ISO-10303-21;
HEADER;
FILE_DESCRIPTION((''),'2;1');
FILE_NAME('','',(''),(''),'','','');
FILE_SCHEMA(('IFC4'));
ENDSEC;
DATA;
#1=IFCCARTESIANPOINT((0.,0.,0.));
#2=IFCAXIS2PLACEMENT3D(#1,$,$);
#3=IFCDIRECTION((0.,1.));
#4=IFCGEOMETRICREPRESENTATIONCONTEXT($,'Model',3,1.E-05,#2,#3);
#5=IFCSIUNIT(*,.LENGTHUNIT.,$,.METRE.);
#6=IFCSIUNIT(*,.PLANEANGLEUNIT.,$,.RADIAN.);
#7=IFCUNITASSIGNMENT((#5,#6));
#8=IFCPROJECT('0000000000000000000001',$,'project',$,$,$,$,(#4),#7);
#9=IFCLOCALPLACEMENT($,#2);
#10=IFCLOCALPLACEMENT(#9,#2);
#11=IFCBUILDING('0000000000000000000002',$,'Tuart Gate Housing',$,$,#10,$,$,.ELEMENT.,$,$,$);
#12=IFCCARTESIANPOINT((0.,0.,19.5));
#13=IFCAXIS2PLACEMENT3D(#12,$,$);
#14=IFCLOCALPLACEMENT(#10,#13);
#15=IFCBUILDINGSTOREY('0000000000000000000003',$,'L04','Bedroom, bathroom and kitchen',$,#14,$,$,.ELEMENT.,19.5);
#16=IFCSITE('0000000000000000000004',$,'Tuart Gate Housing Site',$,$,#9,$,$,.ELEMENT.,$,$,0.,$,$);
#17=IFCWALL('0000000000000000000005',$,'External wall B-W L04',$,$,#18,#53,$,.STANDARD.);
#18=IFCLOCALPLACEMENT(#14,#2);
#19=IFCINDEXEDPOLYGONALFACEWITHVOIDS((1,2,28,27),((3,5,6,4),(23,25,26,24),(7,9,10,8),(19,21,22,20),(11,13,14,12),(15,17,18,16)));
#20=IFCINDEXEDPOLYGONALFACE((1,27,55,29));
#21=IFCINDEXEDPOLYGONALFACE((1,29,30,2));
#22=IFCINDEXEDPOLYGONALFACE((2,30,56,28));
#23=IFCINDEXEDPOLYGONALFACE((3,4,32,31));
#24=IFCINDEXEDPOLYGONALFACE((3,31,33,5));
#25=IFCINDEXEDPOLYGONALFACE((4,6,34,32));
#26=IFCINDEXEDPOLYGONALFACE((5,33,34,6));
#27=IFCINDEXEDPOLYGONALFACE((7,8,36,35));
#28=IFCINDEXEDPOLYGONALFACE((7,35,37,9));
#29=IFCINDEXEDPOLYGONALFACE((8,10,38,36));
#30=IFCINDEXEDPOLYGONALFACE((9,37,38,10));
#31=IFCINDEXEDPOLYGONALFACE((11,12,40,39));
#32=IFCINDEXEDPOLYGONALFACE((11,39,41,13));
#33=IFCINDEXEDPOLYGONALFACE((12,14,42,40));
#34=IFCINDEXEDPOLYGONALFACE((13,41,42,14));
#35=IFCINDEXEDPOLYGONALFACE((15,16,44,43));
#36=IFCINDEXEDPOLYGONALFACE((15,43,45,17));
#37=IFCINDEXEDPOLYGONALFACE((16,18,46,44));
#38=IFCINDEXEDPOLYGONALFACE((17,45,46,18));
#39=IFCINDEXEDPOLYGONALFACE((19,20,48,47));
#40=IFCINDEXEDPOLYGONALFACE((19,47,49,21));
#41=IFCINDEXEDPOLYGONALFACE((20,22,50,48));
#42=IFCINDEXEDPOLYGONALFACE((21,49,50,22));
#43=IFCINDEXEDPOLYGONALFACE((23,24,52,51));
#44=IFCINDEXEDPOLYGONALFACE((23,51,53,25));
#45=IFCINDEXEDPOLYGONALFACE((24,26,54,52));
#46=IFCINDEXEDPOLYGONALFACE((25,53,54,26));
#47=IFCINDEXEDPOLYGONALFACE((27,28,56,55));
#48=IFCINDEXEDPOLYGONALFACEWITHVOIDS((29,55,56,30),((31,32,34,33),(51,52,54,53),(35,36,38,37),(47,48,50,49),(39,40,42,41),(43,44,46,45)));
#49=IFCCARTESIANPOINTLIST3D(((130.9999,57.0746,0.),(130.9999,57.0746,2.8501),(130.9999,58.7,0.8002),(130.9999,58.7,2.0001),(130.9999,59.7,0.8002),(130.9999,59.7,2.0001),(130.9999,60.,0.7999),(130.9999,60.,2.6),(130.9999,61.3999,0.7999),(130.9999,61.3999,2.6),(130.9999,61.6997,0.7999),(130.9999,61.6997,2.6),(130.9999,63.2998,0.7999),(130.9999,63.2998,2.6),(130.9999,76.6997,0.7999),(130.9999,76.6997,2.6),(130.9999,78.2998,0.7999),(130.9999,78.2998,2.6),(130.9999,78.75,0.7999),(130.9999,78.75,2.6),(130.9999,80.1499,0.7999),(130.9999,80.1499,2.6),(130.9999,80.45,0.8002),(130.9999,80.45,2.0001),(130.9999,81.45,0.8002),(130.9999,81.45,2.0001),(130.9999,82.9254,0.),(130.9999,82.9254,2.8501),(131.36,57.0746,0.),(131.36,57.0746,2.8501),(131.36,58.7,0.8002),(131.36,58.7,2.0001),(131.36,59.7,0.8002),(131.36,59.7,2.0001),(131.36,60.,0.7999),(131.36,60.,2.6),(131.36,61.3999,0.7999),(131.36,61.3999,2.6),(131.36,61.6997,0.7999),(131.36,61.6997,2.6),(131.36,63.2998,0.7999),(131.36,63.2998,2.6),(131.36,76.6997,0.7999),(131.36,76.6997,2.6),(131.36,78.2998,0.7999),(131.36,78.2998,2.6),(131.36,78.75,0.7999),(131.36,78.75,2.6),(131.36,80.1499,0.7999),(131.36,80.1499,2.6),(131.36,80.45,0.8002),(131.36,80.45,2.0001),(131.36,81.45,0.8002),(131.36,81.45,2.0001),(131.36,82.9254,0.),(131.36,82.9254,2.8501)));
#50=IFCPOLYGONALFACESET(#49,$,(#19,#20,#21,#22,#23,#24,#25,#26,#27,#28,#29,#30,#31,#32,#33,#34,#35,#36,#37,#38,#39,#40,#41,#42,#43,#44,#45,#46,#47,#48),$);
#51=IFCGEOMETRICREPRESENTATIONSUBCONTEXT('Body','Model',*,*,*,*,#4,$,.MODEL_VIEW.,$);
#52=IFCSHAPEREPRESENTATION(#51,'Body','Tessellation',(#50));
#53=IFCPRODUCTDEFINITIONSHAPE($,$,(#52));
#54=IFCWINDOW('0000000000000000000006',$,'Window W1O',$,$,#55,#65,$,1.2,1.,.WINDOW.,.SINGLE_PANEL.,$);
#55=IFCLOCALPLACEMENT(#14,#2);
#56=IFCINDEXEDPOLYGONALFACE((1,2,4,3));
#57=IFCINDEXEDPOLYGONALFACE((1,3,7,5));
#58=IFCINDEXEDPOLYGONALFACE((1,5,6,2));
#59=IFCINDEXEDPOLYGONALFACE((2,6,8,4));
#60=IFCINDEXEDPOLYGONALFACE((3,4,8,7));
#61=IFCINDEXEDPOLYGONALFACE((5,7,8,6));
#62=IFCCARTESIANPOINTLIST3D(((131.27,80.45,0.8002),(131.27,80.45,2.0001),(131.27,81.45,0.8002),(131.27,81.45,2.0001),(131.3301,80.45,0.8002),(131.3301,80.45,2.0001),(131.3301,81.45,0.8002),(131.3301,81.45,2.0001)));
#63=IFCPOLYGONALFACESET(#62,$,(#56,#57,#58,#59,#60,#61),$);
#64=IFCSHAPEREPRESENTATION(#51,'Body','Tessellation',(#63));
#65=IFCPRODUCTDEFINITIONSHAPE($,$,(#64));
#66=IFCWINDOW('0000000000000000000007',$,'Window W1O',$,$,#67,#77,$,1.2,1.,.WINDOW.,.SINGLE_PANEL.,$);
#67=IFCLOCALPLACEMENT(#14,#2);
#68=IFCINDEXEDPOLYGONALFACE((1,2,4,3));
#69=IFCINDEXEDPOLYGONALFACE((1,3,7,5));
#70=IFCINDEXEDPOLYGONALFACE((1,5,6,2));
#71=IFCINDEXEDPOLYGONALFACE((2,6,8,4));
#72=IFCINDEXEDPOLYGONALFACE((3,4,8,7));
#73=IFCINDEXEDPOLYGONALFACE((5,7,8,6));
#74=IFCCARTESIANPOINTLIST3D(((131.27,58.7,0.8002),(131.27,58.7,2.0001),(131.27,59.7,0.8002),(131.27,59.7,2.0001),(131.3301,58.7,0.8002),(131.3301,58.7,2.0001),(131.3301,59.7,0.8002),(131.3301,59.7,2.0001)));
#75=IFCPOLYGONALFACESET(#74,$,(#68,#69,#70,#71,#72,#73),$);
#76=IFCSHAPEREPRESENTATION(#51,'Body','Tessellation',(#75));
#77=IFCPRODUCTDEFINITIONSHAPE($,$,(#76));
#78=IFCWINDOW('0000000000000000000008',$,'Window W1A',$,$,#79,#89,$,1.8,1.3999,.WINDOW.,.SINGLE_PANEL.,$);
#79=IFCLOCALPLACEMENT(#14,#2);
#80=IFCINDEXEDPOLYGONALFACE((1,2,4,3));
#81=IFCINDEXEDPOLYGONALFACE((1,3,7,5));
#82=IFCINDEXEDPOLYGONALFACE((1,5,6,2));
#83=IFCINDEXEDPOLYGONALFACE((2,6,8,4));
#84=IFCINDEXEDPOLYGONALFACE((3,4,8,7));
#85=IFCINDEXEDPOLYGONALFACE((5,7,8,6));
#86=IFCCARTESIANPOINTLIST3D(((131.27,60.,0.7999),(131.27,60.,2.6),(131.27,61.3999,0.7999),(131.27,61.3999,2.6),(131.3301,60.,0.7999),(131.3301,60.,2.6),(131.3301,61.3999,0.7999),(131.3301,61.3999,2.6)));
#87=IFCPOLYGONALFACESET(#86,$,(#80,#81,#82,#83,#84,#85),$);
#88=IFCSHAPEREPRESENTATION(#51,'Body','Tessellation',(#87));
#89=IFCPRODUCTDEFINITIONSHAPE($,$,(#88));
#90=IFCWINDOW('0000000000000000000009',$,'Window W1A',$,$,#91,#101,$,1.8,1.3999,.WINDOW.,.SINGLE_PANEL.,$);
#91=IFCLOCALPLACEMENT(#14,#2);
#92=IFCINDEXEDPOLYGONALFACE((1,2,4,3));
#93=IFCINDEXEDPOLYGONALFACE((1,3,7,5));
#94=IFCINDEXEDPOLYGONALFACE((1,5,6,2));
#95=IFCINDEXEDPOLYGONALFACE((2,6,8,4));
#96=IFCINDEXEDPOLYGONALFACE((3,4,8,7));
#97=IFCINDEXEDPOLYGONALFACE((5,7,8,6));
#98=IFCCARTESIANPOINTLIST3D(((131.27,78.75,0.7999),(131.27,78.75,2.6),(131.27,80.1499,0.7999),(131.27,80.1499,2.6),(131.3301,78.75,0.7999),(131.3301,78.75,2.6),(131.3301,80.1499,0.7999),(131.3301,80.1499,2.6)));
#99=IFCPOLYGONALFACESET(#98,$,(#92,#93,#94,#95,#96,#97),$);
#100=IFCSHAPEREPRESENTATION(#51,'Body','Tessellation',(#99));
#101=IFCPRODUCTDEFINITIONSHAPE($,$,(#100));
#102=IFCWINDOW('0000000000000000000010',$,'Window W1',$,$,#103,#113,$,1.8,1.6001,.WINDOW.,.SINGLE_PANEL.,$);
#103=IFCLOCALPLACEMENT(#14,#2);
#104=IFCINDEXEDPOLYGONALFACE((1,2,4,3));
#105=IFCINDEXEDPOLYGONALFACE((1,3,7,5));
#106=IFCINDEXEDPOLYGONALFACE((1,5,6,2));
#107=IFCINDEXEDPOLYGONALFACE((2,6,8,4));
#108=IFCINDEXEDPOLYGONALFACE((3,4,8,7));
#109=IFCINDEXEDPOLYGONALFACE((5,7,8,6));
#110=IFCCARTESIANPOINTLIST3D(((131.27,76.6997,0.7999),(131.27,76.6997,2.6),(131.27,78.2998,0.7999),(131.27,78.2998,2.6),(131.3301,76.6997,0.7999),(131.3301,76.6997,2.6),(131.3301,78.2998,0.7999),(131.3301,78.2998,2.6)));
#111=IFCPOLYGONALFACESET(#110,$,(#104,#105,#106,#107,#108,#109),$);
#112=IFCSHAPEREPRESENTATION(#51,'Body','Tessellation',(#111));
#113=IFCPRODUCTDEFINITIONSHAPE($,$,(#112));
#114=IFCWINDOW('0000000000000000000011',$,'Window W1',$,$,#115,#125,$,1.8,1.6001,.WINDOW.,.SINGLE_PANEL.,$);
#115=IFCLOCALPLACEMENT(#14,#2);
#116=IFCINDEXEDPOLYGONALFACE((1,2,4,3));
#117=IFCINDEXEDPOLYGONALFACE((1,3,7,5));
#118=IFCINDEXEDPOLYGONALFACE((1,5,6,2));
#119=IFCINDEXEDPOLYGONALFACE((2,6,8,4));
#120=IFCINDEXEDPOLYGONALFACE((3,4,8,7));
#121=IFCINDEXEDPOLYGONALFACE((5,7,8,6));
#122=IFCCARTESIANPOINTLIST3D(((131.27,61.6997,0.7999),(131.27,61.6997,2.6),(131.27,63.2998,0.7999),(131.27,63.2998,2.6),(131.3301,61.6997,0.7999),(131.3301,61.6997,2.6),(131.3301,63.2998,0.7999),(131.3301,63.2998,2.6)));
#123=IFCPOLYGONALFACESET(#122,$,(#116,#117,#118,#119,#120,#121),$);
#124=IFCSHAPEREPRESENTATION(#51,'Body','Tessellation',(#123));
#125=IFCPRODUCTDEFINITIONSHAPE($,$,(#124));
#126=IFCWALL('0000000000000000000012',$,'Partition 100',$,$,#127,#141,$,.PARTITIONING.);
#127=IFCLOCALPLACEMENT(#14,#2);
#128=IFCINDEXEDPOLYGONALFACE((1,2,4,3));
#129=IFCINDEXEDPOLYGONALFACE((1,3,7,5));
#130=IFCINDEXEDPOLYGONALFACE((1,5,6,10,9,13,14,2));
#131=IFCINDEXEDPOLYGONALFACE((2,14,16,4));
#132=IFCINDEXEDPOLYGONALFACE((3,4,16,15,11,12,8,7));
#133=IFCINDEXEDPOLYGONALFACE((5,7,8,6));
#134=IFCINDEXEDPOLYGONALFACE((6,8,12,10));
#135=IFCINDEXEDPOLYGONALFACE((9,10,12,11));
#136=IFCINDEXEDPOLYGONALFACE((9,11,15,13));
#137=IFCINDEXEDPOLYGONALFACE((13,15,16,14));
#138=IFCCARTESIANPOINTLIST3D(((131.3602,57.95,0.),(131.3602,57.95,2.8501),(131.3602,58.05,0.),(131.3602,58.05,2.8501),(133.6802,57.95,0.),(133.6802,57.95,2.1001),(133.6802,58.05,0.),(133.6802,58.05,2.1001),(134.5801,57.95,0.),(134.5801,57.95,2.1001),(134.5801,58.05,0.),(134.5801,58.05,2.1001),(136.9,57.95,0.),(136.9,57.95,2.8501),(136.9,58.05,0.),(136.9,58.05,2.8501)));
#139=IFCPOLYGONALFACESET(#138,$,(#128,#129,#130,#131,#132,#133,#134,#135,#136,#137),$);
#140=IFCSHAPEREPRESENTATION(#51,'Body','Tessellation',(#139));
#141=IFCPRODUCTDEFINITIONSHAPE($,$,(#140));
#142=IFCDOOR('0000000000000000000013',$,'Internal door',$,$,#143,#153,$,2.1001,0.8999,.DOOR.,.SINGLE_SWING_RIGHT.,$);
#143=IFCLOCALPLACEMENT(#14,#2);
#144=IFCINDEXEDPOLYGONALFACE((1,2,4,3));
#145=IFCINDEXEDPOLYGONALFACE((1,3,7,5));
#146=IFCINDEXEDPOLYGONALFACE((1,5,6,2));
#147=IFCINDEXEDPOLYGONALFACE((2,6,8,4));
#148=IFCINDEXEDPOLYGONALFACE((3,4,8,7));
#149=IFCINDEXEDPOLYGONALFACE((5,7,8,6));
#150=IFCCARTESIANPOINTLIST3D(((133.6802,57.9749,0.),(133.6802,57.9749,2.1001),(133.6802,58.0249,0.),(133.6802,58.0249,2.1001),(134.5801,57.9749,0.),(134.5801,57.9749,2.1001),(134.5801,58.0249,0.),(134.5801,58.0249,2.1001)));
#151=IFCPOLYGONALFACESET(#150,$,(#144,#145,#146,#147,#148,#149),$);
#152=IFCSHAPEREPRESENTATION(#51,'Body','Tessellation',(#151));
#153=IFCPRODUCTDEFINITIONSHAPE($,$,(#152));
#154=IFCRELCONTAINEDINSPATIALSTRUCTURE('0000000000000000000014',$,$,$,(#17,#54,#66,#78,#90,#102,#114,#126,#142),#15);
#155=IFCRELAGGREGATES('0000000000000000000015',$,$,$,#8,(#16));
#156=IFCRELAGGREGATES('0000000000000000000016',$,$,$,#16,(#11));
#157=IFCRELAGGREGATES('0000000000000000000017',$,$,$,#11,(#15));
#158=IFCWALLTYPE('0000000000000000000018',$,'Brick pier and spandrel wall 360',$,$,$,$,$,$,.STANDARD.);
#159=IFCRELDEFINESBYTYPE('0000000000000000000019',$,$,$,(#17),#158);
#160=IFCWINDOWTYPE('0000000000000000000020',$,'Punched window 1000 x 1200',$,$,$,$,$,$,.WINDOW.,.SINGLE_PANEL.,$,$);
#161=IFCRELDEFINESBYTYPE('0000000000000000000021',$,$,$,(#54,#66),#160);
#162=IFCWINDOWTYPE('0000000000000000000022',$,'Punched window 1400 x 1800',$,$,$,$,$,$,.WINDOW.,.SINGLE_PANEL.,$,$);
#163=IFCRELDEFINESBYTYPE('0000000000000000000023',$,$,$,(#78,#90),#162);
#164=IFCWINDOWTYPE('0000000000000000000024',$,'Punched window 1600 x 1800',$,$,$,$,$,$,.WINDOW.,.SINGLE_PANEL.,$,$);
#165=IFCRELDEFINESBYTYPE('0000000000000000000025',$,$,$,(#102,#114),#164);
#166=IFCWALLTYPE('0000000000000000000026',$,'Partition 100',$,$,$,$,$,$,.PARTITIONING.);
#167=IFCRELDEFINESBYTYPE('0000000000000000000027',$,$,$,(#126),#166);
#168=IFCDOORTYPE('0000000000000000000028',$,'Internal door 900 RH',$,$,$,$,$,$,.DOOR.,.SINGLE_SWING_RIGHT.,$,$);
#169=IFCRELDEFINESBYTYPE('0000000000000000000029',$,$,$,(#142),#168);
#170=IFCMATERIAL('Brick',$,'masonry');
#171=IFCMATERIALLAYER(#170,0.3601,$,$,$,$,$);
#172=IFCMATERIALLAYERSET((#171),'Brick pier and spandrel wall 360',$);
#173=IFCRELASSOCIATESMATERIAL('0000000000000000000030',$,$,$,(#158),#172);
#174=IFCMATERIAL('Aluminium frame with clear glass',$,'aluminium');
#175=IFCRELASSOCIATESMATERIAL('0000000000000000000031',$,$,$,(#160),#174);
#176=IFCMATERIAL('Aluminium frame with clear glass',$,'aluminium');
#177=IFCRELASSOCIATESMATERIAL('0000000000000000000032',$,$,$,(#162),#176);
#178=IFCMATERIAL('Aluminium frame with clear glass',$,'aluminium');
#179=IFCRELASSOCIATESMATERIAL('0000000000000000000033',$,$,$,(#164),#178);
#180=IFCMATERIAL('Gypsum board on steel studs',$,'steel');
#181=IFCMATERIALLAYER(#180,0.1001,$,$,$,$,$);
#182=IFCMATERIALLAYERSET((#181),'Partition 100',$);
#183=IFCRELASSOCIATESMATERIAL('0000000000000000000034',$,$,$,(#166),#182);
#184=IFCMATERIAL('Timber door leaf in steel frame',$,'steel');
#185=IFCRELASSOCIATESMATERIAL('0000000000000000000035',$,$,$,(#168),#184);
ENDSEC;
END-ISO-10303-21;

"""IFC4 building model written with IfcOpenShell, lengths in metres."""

from ifc_helpers import new_model, si_unit, direction, frame, frame_2d, origin, place, context, subcontext, project, spatial, rectangle, extrude, material, layer, layer_set, type_object, element, fill, save


model = new_model("IFC4")

# Units and contexts
model_context = context("Model", 3, precision=1e-05, world=origin(), true_north=direction((0.0, 1.0)))
body_context = subcontext(model_context, "Body", "Model", "MODEL_VIEW")
ifc_project = project(units=[si_unit("LENGTHUNIT", "METRE"), si_unit("PLANEANGLEUNIT", "RADIAN")], contexts=[model_context])

# Site, building, storey
site_placement = place(None, origin())
site = spatial("IfcSite", under=ifc_project, at=site_placement, Name="Tuart Gate Housing Site", CompositionType="ELEMENT", RefElevation=0.0)
building_placement = place(site_placement, origin())
building = spatial("IfcBuilding", under=site, at=building_placement, Name="Tuart Gate Housing", CompositionType="ELEMENT")
storey_placement = place(building_placement, frame((0.0, 0.0, 19.5)))
storey = spatial("IfcBuildingStorey", under=building, at=storey_placement, Name="L04", Description="Bedroom, bathroom and kitchen", CompositionType="ELEMENT", Elevation=19.5)

# Shared definitions
ifc_material_1 = material(Name="Brick", Category="masonry")
ifc_layer_1 = layer(ifc_material_1, 0.3601)
ifc_layer_set_1 = layer_set([ifc_layer_1], Name="Brick pier and spandrel wall 360")
wall_type_1 = type_object("IfcWallType", Name="Brick pier and spandrel wall 360", PredefinedType="STANDARD", material=ifc_layer_set_1)
ifc_material_2 = material(Name="Aluminium frame with clear glass", Category="aluminium")
window_type_1 = type_object("IfcWindowType", Name="Punched window 1000 x 1200", PartitioningType="SINGLE_PANEL", PredefinedType="WINDOW", material=ifc_material_2)
ifc_material_3 = material(Name="Aluminium frame with clear glass", Category="aluminium")
window_type_2 = type_object("IfcWindowType", Name="Punched window 1400 x 1800", PartitioningType="SINGLE_PANEL", PredefinedType="WINDOW", material=ifc_material_3)
ifc_material_4 = material(Name="Aluminium frame with clear glass", Category="aluminium")
window_type_3 = type_object("IfcWindowType", Name="Punched window 1600 x 1800", PartitioningType="SINGLE_PANEL", PredefinedType="WINDOW", material=ifc_material_4)

# Wall, openings, windows
wall_1_placement = place(storey_placement, frame((131.1799, 82.9253, 0.0), z_axis=(0.0, 0.0, 1.0), x_axis=(0.0, -1.0, 0.0)))
wall_1 = element("IfcWall", 1, at=wall_1_placement, inside=storey, type_object=wall_type_1, Name="External wall B-W L04", PredefinedType="STANDARD", context=body_context, shape_type="SweptSolid", body=[
    extrude(rectangle(XDim=25.8508, YDim=0.3601, at=frame_2d((12.9253, 0.0))), origin(), (0.0, 0.0, 1.0), 2.8501),
])
opening_1_placement = place(wall_1_placement, frame((1.4753, 0.0, 0.8)))
opening_1 = element("IfcOpeningElement", 2, at=opening_1_placement, cuts=wall_1, PredefinedType="OPENING", context=body_context, shape_type="SweptSolid", body=[
    extrude(rectangle(XDim=1.0, YDim=1.2, at=frame_2d((0.5, 0.6001))), frame((0.0, 0.1899, 0.0), z_axis=(0.0, -1.0, 0.0), x_axis=(1.0, 0.0, 0.0)), (0.0, 0.0, 1.0), 0.3801),
])
opening_2_placement = place(wall_1_placement, frame((4.6255, 0.0, 0.8)))
opening_2 = element("IfcOpeningElement", 3, at=opening_2_placement, cuts=wall_1, PredefinedType="OPENING", context=body_context, shape_type="SweptSolid", body=[
    extrude(rectangle(XDim=1.6001, YDim=1.8, at=frame_2d((0.8, 0.8999))), frame((0.0, 0.1899, 0.0), z_axis=(0.0, -1.0, 0.0), x_axis=(1.0, 0.0, 0.0)), (0.0, 0.0, 1.0), 0.3801),
])
opening_3_placement = place(wall_1_placement, frame((19.6255, 0.0, 0.8)))
opening_3 = element("IfcOpeningElement", 4, at=opening_3_placement, cuts=wall_1, PredefinedType="OPENING", context=body_context, shape_type="SweptSolid", body=[
    extrude(rectangle(XDim=1.6001, YDim=1.8, at=frame_2d((0.8, 0.8999))), frame((0.0, 0.1899, 0.0), z_axis=(0.0, -1.0, 0.0), x_axis=(1.0, 0.0, 0.0)), (0.0, 0.0, 1.0), 0.3801),
])
opening_4_placement = place(wall_1_placement, frame((21.5254, 0.0, 0.8)))
opening_4 = element("IfcOpeningElement", 5, at=opening_4_placement, cuts=wall_1, PredefinedType="OPENING", context=body_context, shape_type="SweptSolid", body=[
    extrude(rectangle(XDim=1.3999, YDim=1.8, at=frame_2d((0.7, 0.8999))), frame((0.0, 0.1899, 0.0), z_axis=(0.0, -1.0, 0.0), x_axis=(1.0, 0.0, 0.0)), (0.0, 0.0, 1.0), 0.3801),
])
opening_5_placement = place(wall_1_placement, frame((2.7754, 0.0, 0.8)))
opening_5 = element("IfcOpeningElement", 6, at=opening_5_placement, cuts=wall_1, PredefinedType="OPENING", context=body_context, shape_type="SweptSolid", body=[
    extrude(rectangle(XDim=1.3999, YDim=1.8, at=frame_2d((0.7, 0.8999))), frame((0.0, 0.1899, 0.0), z_axis=(0.0, -1.0, 0.0), x_axis=(1.0, 0.0, 0.0)), (0.0, 0.0, 1.0), 0.3801),
])
opening_6_placement = place(wall_1_placement, frame((23.2253, 0.0, 0.8)))
opening_6 = element("IfcOpeningElement", 7, at=opening_6_placement, cuts=wall_1, PredefinedType="OPENING", context=body_context, shape_type="SweptSolid", body=[
    extrude(rectangle(XDim=1.0, YDim=1.2, at=frame_2d((0.5, 0.6001))), frame((0.0, 0.1899, 0.0), z_axis=(0.0, -1.0, 0.0), x_axis=(1.0, 0.0, 0.0)), (0.0, 0.0, 1.0), 0.3801),
])
window_1_placement = place(opening_1_placement, origin())
window_1 = element("IfcWindow", 8, at=window_1_placement, inside=storey, type_object=window_type_1, Name="Window W1O", OverallHeight=1.2, OverallWidth=1.0, PartitioningType="SINGLE_PANEL", PredefinedType="WINDOW", context=body_context, shape_type="SweptSolid", body=[
    extrude(rectangle(XDim=1.0, YDim=1.2, at=frame_2d((0.5, 0.6001))), frame((0.0, 0.1501, 0.0), z_axis=(0.0, -1.0, 0.0), x_axis=(1.0, 0.0, 0.0)), (0.0, 0.0, 1.0), 0.0601),
])
fill(opening_1, window_1)
window_2_placement = place(opening_6_placement, origin())
window_2 = element("IfcWindow", 9, at=window_2_placement, inside=storey, type_object=window_type_1, Name="Window W1O", OverallHeight=1.2, OverallWidth=1.0, PartitioningType="SINGLE_PANEL", PredefinedType="WINDOW", context=body_context, shape_type="SweptSolid", body=[
    extrude(rectangle(XDim=1.0, YDim=1.2, at=frame_2d((0.5, 0.6001))), frame((0.0, 0.1501, 0.0), z_axis=(0.0, -1.0, 0.0), x_axis=(1.0, 0.0, 0.0)), (0.0, 0.0, 1.0), 0.0601),
])
fill(opening_6, window_2)
window_3_placement = place(opening_4_placement, origin())
window_3 = element("IfcWindow", 10, at=window_3_placement, inside=storey, type_object=window_type_2, Name="Window W1A", OverallHeight=1.8, OverallWidth=1.3999, PartitioningType="SINGLE_PANEL", PredefinedType="WINDOW", context=body_context, shape_type="SweptSolid", body=[
    extrude(rectangle(XDim=1.3999, YDim=1.8, at=frame_2d((0.7, 0.8999))), frame((0.0, 0.1501, 0.0), z_axis=(0.0, -1.0, 0.0), x_axis=(1.0, 0.0, 0.0)), (0.0, 0.0, 1.0), 0.0601),
])
fill(opening_4, window_3)
window_4_placement = place(opening_5_placement, origin())
window_4 = element("IfcWindow", 11, at=window_4_placement, inside=storey, type_object=window_type_2, Name="Window W1A", OverallHeight=1.8, OverallWidth=1.3999, PartitioningType="SINGLE_PANEL", PredefinedType="WINDOW", context=body_context, shape_type="SweptSolid", body=[
    extrude(rectangle(XDim=1.3999, YDim=1.8, at=frame_2d((0.7, 0.8999))), frame((0.0, 0.1501, 0.0), z_axis=(0.0, -1.0, 0.0), x_axis=(1.0, 0.0, 0.0)), (0.0, 0.0, 1.0), 0.0601),
])
fill(opening_5, window_4)
window_5_placement = place(opening_2_placement, origin())
window_5 = element("IfcWindow", 12, at=window_5_placement, inside=storey, type_object=window_type_3, Name="Window W1", OverallHeight=1.8, OverallWidth=1.6001, PartitioningType="SINGLE_PANEL", PredefinedType="WINDOW", context=body_context, shape_type="SweptSolid", body=[
    extrude(rectangle(XDim=1.6001, YDim=1.8, at=frame_2d((0.8, 0.8999))), frame((0.0, 0.1501, 0.0), z_axis=(0.0, -1.0, 0.0), x_axis=(1.0, 0.0, 0.0)), (0.0, 0.0, 1.0), 0.0601),
])
fill(opening_2, window_5)
window_6_placement = place(opening_3_placement, origin())
window_6 = element("IfcWindow", 13, at=window_6_placement, inside=storey, type_object=window_type_3, Name="Window W1", OverallHeight=1.8, OverallWidth=1.6001, PartitioningType="SINGLE_PANEL", PredefinedType="WINDOW", context=body_context, shape_type="SweptSolid", body=[
    extrude(rectangle(XDim=1.6001, YDim=1.8, at=frame_2d((0.8, 0.8999))), frame((0.0, 0.1501, 0.0), z_axis=(0.0, -1.0, 0.0), x_axis=(1.0, 0.0, 0.0)), (0.0, 0.0, 1.0), 0.0601),
])
fill(opening_3, window_6)

# Wall, opening, door
ifc_material_5 = material(Name="Gypsum board on steel studs", Category="steel")
ifc_layer_2 = layer(ifc_material_5, 0.1001)
ifc_layer_set_2 = layer_set([ifc_layer_2], Name="Partition 100")
wall_type_2 = type_object("IfcWallType", Name="Partition 100", PredefinedType="PARTITIONING", material=ifc_layer_set_2)
wall_2_placement = place(storey_placement, frame((131.3601, 58.0, 0.0), z_axis=(0.0, 0.0, 1.0), x_axis=(1.0, 0.0, 0.0)))
wall_2 = element("IfcWall", 14, at=wall_2_placement, inside=storey, type_object=wall_type_2, Name="Partition 100", PredefinedType="PARTITIONING", context=body_context, shape_type="SweptSolid", body=[
    extrude(rectangle(XDim=5.5398, YDim=0.1001, at=frame_2d((2.77, 0.0))), origin(), (0.0, 0.0, 1.0), 2.8501),
])
opening_7_placement = place(wall_2_placement, frame((2.3201, 0.0, 0.0)))
opening_7 = element("IfcOpeningElement", 15, at=opening_7_placement, cuts=wall_2, PredefinedType="OPENING", context=body_context, shape_type="SweptSolid", body=[
    extrude(rectangle(XDim=0.8999, YDim=2.1001, at=frame_2d((0.45, 1.05))), frame((0.0, 0.0601, 0.0), z_axis=(0.0, -1.0, 0.0), x_axis=(1.0, 0.0, 0.0)), (0.0, 0.0, 1.0), 0.1201),
])
ifc_material_6 = material(Name="Timber door leaf in steel frame", Category="steel")
door_type_1 = type_object("IfcDoorType", Name="Internal door 900 RH", OperationType="SINGLE_SWING_RIGHT", PredefinedType="DOOR", material=ifc_material_6)
door_1_placement = place(opening_7_placement, frame((0.8999, 0.0, 0.0), z_axis=(0.0, 0.0, 1.0), x_axis=(-1.0, 0.0, 0.0)))
door_1 = element("IfcDoor", 16, at=door_1_placement, inside=storey, type_object=door_type_1, Name="Internal door", OperationType="SINGLE_SWING_RIGHT", OverallHeight=2.1001, OverallWidth=0.8999, PredefinedType="DOOR", context=body_context, shape_type="SweptSolid", body=[
    extrude(rectangle(XDim=0.8999, YDim=2.1001, at=frame_2d((0.45, 1.05))), frame((0.0, 0.0251, 0.0), z_axis=(0.0, -1.0, 0.0), x_axis=(1.0, 0.0, 0.0)), (0.0, 0.0, 1.0), 0.05),
])
fill(opening_7, door_1)

save(model, "model.ifc")
